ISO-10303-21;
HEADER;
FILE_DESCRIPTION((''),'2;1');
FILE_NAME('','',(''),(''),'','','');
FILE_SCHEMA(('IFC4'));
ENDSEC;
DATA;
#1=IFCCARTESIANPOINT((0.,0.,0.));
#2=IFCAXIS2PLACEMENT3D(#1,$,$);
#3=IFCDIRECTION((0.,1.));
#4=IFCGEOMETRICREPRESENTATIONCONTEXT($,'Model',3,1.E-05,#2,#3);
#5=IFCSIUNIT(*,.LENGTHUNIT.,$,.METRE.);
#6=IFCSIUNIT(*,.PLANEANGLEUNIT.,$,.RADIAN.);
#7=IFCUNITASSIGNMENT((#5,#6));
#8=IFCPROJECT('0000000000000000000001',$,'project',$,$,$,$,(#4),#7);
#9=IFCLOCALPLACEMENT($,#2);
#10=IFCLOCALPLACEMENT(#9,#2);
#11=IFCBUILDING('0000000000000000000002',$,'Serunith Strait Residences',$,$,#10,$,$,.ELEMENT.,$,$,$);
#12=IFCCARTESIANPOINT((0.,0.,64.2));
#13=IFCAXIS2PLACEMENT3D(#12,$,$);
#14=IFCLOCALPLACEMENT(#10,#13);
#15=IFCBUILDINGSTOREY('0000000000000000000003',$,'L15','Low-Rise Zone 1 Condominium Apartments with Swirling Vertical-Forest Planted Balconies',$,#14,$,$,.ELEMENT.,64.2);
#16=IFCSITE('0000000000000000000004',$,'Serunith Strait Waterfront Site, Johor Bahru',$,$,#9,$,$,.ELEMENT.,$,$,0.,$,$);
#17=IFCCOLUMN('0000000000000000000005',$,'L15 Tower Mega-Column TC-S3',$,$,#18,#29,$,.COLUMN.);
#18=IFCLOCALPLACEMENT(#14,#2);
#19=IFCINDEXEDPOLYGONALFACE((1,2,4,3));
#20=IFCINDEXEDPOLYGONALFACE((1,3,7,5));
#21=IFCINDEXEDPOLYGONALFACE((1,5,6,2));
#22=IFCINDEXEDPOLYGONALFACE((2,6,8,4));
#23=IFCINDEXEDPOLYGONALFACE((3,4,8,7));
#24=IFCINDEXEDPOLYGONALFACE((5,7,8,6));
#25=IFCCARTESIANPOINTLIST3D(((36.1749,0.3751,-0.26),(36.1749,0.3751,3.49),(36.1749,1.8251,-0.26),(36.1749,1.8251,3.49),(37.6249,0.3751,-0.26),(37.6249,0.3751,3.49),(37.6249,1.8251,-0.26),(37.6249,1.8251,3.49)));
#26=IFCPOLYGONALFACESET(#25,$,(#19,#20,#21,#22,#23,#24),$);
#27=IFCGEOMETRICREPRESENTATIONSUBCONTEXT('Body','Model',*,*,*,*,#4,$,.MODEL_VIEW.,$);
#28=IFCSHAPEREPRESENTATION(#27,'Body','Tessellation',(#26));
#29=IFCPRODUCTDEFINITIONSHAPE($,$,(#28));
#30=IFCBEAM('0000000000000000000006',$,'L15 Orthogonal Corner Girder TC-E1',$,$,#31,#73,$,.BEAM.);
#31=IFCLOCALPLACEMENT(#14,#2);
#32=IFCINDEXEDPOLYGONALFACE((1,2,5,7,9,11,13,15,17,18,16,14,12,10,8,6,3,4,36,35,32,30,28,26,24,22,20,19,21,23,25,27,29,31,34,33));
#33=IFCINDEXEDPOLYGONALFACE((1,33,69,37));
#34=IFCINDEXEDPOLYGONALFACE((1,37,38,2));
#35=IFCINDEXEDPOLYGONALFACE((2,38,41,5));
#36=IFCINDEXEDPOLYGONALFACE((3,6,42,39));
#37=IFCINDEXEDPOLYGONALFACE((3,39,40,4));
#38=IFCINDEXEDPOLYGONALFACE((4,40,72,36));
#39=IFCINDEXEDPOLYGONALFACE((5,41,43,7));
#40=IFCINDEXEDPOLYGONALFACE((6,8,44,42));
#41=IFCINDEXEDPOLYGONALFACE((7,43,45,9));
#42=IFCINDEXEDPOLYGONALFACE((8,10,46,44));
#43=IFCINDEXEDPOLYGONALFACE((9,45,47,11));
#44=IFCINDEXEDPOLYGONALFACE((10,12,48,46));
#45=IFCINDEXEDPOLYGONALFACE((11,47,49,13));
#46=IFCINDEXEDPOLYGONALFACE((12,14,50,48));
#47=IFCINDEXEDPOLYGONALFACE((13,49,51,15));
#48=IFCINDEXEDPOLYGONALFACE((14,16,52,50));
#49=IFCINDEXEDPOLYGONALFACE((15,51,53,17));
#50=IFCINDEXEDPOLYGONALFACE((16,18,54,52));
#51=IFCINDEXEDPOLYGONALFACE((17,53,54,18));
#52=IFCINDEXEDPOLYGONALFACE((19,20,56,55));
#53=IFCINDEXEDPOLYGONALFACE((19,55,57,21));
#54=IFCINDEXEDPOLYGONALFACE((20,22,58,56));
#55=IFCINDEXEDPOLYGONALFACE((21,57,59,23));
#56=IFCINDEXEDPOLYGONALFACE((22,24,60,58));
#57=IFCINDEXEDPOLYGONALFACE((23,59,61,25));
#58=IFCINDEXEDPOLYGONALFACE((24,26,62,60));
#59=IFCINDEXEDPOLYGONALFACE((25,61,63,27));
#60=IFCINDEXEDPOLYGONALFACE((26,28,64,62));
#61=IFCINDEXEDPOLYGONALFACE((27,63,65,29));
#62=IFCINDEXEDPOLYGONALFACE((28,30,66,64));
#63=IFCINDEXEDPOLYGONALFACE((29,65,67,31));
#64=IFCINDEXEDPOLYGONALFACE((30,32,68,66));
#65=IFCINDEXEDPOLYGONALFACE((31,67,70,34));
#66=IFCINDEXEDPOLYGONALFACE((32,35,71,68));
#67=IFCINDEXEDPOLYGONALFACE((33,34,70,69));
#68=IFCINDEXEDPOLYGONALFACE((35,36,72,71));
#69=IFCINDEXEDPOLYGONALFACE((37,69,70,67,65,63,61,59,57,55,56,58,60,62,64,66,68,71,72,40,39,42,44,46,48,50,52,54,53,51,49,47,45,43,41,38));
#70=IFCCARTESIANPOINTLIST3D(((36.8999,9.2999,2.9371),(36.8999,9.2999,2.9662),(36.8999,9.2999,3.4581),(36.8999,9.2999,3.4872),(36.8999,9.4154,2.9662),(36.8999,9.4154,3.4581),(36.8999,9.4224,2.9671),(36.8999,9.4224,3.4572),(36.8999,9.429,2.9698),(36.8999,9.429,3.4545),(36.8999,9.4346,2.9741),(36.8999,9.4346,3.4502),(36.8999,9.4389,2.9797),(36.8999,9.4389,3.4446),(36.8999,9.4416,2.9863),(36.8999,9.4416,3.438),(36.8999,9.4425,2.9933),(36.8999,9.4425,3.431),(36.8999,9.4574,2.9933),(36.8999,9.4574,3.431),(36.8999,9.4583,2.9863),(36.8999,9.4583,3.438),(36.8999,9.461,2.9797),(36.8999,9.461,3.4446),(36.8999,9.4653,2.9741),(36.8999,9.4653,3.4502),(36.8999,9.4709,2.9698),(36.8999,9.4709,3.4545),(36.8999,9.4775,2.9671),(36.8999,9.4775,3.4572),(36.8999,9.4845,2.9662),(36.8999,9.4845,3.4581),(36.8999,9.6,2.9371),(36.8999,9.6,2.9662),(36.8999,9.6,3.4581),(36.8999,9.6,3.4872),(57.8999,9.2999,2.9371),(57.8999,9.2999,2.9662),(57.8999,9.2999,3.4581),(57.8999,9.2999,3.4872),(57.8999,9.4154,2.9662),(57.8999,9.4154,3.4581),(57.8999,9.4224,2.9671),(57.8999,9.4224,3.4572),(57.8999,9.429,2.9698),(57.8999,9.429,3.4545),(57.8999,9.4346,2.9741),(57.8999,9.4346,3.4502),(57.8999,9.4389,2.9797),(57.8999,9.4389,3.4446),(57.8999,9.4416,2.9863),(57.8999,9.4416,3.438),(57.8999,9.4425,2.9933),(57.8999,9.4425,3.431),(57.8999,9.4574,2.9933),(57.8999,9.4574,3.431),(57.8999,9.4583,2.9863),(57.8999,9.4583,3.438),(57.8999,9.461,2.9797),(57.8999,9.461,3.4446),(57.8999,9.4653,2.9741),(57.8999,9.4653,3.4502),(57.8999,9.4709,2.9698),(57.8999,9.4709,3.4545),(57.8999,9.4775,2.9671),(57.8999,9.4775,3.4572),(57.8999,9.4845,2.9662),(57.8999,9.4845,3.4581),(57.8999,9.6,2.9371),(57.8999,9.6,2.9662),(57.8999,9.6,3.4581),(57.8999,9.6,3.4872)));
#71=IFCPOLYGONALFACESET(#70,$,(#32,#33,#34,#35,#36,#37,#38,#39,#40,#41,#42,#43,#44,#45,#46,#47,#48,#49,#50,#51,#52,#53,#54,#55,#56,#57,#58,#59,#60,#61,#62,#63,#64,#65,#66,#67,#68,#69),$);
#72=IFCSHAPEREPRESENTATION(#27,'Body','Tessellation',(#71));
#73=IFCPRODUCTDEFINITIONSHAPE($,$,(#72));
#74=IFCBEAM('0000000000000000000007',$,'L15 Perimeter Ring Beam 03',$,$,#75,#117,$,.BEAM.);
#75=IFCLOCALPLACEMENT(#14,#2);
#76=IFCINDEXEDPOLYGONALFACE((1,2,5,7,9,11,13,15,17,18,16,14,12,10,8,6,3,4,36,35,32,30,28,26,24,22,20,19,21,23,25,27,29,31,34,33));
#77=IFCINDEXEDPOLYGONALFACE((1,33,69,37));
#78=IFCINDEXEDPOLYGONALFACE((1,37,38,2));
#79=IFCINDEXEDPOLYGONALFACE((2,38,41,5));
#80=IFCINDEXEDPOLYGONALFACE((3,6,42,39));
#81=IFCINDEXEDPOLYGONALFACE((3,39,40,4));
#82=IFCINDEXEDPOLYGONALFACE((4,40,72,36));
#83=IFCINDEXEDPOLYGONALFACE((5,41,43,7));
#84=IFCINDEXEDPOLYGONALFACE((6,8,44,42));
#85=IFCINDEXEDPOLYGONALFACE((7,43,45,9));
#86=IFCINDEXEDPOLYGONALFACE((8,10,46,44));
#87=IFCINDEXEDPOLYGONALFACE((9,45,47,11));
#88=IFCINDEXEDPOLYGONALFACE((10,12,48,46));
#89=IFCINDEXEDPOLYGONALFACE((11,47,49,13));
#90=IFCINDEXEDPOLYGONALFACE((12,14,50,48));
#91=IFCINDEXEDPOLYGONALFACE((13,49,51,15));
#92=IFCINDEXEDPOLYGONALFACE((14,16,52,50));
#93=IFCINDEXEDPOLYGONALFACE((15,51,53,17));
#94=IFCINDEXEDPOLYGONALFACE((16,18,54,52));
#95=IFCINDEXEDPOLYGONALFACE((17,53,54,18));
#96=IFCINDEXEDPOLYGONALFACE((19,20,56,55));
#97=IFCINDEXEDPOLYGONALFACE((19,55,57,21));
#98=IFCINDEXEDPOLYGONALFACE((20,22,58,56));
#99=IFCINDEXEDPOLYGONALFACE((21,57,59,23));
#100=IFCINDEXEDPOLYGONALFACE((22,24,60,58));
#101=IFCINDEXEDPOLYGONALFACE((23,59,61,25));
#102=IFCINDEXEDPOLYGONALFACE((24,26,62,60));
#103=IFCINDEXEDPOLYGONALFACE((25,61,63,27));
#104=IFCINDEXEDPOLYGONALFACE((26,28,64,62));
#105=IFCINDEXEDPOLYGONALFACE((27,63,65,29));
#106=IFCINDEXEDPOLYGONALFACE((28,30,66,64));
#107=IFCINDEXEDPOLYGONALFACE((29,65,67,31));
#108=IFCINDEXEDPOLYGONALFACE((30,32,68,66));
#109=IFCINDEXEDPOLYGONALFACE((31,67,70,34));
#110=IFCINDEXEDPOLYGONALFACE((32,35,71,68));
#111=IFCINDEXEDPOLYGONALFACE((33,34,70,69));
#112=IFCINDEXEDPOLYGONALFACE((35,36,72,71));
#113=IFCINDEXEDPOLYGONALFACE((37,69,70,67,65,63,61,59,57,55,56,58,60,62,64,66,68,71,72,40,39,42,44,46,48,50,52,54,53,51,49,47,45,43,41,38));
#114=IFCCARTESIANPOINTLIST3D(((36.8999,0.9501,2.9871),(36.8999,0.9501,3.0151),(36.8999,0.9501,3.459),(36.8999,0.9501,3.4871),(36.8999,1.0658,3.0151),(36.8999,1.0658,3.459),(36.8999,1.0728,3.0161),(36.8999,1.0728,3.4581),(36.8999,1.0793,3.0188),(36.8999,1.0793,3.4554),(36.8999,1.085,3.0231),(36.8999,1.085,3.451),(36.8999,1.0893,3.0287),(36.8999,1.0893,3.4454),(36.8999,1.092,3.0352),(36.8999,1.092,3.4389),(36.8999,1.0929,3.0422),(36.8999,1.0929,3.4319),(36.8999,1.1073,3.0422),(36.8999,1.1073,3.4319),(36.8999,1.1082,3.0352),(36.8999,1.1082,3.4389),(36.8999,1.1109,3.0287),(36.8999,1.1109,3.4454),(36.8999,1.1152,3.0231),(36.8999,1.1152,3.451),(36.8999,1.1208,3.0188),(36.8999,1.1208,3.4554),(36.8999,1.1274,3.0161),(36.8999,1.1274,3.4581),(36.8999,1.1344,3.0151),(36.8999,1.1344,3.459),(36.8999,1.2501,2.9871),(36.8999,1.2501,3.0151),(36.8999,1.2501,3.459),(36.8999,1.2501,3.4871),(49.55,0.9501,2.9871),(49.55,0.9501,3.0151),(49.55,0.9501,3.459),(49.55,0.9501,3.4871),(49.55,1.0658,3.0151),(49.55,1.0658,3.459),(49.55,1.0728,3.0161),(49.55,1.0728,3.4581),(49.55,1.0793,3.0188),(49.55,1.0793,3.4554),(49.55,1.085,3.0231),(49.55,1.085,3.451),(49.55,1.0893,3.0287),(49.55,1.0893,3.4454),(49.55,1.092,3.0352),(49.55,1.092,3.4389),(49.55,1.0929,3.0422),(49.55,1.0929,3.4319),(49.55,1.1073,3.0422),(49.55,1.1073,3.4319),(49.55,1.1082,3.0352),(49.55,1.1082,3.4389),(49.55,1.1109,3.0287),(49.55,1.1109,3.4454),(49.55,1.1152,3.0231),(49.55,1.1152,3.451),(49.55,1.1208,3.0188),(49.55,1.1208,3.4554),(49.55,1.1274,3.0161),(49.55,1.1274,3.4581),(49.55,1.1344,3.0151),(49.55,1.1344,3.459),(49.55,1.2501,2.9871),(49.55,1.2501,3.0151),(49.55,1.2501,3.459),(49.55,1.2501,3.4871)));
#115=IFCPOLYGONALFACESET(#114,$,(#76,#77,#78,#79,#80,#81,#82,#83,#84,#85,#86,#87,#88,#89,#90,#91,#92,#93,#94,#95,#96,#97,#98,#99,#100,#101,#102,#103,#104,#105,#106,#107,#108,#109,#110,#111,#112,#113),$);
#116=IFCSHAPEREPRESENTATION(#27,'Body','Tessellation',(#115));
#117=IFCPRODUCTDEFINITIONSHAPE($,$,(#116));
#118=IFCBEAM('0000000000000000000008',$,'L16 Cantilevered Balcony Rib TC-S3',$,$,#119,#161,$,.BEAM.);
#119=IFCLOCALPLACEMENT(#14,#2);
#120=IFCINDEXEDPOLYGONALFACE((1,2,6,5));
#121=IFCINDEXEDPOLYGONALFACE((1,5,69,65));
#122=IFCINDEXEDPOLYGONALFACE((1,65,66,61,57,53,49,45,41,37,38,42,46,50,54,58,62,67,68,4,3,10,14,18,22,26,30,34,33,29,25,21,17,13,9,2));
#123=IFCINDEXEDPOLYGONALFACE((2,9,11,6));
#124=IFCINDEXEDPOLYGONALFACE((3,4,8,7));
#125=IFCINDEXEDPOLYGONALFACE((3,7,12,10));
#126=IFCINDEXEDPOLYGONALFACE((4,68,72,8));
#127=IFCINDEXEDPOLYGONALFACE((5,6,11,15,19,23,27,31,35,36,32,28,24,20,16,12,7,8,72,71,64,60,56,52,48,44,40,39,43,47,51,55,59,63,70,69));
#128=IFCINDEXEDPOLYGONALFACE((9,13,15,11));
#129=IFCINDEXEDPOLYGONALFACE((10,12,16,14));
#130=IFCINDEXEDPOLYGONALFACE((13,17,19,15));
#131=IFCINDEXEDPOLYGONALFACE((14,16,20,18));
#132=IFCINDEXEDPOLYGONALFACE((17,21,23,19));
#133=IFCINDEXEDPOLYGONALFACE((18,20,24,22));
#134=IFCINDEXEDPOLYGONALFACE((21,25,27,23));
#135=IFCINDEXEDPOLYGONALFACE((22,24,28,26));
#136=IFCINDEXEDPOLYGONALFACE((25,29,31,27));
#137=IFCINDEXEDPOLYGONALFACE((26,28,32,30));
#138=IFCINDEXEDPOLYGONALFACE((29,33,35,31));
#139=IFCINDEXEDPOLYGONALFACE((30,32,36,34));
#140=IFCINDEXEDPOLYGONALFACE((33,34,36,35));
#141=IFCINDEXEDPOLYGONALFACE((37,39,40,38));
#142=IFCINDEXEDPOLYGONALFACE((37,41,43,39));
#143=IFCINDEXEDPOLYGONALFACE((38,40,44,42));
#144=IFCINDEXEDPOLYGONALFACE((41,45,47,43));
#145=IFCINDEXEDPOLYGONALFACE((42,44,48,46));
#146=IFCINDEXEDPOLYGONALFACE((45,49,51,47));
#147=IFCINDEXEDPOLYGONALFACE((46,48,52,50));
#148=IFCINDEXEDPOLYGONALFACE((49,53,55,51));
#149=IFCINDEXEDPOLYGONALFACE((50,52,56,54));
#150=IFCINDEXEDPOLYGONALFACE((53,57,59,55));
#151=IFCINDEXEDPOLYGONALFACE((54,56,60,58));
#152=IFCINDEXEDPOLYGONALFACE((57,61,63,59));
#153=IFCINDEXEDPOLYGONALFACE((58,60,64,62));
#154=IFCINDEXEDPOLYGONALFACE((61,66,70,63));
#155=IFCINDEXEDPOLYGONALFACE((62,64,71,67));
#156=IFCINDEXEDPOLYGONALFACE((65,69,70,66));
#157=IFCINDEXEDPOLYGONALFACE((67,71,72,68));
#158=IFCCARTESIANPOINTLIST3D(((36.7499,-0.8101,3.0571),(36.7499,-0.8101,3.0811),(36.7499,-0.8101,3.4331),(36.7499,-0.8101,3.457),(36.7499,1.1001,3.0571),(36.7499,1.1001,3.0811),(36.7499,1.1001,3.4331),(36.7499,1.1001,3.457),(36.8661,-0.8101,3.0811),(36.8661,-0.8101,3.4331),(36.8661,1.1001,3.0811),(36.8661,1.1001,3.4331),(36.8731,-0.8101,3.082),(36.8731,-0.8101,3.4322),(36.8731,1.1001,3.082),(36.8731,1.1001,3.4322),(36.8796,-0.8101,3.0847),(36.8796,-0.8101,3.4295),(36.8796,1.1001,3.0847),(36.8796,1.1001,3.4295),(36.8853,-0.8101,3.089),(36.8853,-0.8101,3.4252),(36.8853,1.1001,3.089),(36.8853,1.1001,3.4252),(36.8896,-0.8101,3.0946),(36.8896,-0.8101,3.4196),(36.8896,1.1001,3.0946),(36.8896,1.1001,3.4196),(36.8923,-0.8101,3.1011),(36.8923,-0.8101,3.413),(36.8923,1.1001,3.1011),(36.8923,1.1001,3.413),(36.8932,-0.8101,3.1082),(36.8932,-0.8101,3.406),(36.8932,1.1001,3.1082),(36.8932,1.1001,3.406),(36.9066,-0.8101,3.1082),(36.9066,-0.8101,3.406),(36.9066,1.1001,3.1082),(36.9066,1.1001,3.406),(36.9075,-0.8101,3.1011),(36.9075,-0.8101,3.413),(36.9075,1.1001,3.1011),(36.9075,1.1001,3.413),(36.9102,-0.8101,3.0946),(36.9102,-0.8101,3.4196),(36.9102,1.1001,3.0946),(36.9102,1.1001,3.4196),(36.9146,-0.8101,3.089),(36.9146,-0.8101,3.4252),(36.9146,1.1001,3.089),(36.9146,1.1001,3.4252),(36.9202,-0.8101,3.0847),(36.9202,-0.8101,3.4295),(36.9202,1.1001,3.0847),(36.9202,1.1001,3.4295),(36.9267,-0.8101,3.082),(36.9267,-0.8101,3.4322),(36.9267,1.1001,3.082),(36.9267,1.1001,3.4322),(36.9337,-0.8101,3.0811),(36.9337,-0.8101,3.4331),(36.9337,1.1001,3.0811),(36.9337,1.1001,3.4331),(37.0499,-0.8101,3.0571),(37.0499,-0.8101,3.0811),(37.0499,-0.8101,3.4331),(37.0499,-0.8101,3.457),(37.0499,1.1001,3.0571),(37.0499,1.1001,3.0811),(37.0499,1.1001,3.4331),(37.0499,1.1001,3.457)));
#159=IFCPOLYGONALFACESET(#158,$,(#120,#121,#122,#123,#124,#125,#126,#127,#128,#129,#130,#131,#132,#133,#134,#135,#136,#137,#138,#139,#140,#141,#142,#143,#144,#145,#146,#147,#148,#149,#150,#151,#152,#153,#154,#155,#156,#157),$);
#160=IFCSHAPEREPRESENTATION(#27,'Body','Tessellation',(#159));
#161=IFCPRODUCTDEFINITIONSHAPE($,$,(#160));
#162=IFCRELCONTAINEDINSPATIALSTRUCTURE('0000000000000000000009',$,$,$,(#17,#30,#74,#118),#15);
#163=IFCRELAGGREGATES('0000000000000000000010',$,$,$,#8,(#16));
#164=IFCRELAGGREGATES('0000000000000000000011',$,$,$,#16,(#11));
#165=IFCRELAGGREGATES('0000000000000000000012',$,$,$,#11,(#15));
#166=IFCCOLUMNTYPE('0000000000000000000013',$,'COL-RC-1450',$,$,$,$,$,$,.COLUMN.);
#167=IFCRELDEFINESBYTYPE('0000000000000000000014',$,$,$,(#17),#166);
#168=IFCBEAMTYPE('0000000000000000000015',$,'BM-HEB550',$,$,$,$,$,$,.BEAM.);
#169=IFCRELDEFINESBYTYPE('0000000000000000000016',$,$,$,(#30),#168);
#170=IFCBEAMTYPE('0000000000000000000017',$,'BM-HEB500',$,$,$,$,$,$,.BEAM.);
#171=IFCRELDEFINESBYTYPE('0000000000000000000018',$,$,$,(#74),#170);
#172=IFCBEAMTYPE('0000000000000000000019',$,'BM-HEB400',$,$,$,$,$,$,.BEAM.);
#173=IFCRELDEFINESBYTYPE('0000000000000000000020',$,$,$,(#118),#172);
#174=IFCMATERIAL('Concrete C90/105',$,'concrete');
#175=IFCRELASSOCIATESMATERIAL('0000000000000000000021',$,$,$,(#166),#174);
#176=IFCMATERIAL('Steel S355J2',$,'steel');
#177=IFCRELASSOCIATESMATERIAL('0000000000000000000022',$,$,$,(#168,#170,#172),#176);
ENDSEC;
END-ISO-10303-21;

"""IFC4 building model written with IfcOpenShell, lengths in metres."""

from ifc_helpers import new_model, si_unit, direction, frame, origin, origin_2d, place, context, subcontext, project, spatial, rectangle, i_section, extrude, source, transform, mapped, material, material_profile, profile_set, type_object, element, save


model = new_model("IFC4")

# Units and contexts
model_context = context("Model", 3, precision=1e-05, world=origin(), true_north=direction((0.0, 1.0)))
body_context = subcontext(model_context, "Body", "Model", "MODEL_VIEW")
ifc_project = project(units=[si_unit("LENGTHUNIT", "METRE"), si_unit("PLANEANGLEUNIT", "RADIAN")], contexts=[model_context])

# Site, building, storey
site_placement = place(None, origin())
site = spatial("IfcSite", under=ifc_project, at=site_placement, Name="Serunith Strait Waterfront Site, Johor Bahru", CompositionType="ELEMENT", RefElevation=0.0)
building_placement = place(site_placement, origin())
building = spatial("IfcBuilding", under=site, at=building_placement, Name="Serunith Strait Residences", CompositionType="ELEMENT")
storey_placement = place(building_placement, frame((0.0, 0.0, 64.2)))
storey = spatial("IfcBuildingStorey", under=building, at=storey_placement, Name="L15", Description="Low-Rise Zone 1 Condominium Apartments with Swirling Vertical-Forest Planted Balconies", CompositionType="ELEMENT", Elevation=64.2)

# Column
ifc_material_1 = material(Name="Concrete C90/105", Category="concrete")
ifc_material_profile_1 = material_profile(ifc_material_1, rectangle(XDim=1.45, YDim=1.45, at=origin_2d()), Name="RC 1450x1450")
ifc_profile_set_1 = profile_set([ifc_material_profile_1], Name="Concrete C90/105")
column_type = type_object("IfcColumnType", Name="COL-RC-1450", PredefinedType="COLUMN", material=ifc_profile_set_1)
shared_shape_1 = source(origin(), body_context, "Body", "SweptSolid", [
    extrude(rectangle(XDim=1.45, YDim=1.45, at=origin_2d()), origin(), (0.0, 0.0, 1.0), 3.75),
])
column_placement = place(storey_placement, frame((36.8999, 1.1001, -0.26), z_axis=(0.0, 0.0, 1.0), x_axis=(1.0, 0.0, 0.0)))
element("IfcColumn", 1, at=column_placement, inside=storey, type_object=column_type, Name="L15 Tower Mega-Column TC-S3", PredefinedType="COLUMN", context=body_context, shape_type="MappedRepresentation", body=[
    mapped(shared_shape_1, transform((0.0, 0.0, 0.0), scale=1.0)),
])

# Beams
ifc_material_2 = material(Name="Steel S355J2", Category="steel")
ifc_material_profile_2 = material_profile(ifc_material_2, i_section(OverallWidth=0.3, OverallDepth=0.55, WebThickness=0.0149, FlangeThickness=0.0291, FilletRadius=0.0271, at=origin_2d()), Name="HEB 550")
ifc_profile_set_2 = profile_set([ifc_material_profile_2], Name="Steel S355J2")
beam_type_1 = type_object("IfcBeamType", Name="BM-HEB550", PredefinedType="BEAM", material=ifc_profile_set_2)
shared_shape_2 = source(origin(), body_context, "Body", "SweptSolid", [
    extrude(i_section(OverallWidth=0.3, OverallDepth=0.55, WebThickness=0.0149, FlangeThickness=0.0291, FilletRadius=0.0271, at=origin_2d()), origin(), (0.0, 0.0, 1.0), 21.0),
])
beam_1_placement = place(storey_placement, frame((36.8999, 9.45, 3.2122), z_axis=(1.0, 0.0, 0.0), x_axis=(0.0, 1.0, 0.0)))
element("IfcBeam", 2, at=beam_1_placement, inside=storey, type_object=beam_type_1, Name="L15 Orthogonal Corner Girder TC-E1", PredefinedType="BEAM", context=body_context, shape_type="MappedRepresentation", body=[
    mapped(shared_shape_2, transform((0.0, 0.0, 0.0), scale=1.0)),
])
ifc_material_profile_3 = material_profile(ifc_material_2, i_section(OverallWidth=0.3, OverallDepth=0.5, WebThickness=0.0144, FlangeThickness=0.0281, FilletRadius=0.0271, at=origin_2d()), Name="HEB 500")
ifc_profile_set_3 = profile_set([ifc_material_profile_3], Name="Steel S355J2")
beam_type_2 = type_object("IfcBeamType", Name="BM-HEB500", PredefinedType="BEAM", material=ifc_profile_set_3)
shared_shape_3 = source(origin(), body_context, "Body", "SweptSolid", [
    extrude(i_section(OverallWidth=0.3, OverallDepth=0.5, WebThickness=0.0144, FlangeThickness=0.0281, FilletRadius=0.0271, at=origin_2d()), origin(), (0.0, 0.0, 1.0), 12.6501),
])
beam_2_placement = place(storey_placement, frame((36.8999, 1.1001, 3.2371), z_axis=(1.0, 0.0, 0.0), x_axis=(0.0, 1.0, 0.0)))
element("IfcBeam", 3, at=beam_2_placement, inside=storey, type_object=beam_type_2, Name="L15 Perimeter Ring Beam 03", PredefinedType="BEAM", context=body_context, shape_type="MappedRepresentation", body=[
    mapped(shared_shape_3, transform((0.0, 0.0, 0.0), scale=1.0)),
])
ifc_material_profile_4 = material_profile(ifc_material_2, i_section(OverallWidth=0.3, OverallDepth=0.3999, WebThickness=0.0134, FlangeThickness=0.0239, FilletRadius=0.0271, at=origin_2d()), Name="HEB 400")
ifc_profile_set_4 = profile_set([ifc_material_profile_4], Name="Steel S355J2")
beam_type_3 = type_object("IfcBeamType", Name="BM-HEB400", PredefinedType="BEAM", material=ifc_profile_set_4)
shared_shape_4 = source(origin(), body_context, "Body", "SweptSolid", [
    extrude(i_section(OverallWidth=0.3, OverallDepth=0.3999, WebThickness=0.0134, FlangeThickness=0.0239, FilletRadius=0.0271, at=origin_2d()), origin(), (0.0, 0.0, 1.0), 1.9102),
])
beam_3_placement = place(storey_placement, frame((36.8999, 1.1001, 3.2571), z_axis=(0.0, -1.0, 0.0), x_axis=(1.0, 0.0, 0.0)))
element("IfcBeam", 4, at=beam_3_placement, inside=storey, type_object=beam_type_3, Name="L16 Cantilevered Balcony Rib TC-S3", PredefinedType="BEAM", context=body_context, shape_type="MappedRepresentation", body=[
    mapped(shared_shape_4, transform((0.0, 0.0, 0.0), scale=1.0)),
])

save(model, "model.ifc")
